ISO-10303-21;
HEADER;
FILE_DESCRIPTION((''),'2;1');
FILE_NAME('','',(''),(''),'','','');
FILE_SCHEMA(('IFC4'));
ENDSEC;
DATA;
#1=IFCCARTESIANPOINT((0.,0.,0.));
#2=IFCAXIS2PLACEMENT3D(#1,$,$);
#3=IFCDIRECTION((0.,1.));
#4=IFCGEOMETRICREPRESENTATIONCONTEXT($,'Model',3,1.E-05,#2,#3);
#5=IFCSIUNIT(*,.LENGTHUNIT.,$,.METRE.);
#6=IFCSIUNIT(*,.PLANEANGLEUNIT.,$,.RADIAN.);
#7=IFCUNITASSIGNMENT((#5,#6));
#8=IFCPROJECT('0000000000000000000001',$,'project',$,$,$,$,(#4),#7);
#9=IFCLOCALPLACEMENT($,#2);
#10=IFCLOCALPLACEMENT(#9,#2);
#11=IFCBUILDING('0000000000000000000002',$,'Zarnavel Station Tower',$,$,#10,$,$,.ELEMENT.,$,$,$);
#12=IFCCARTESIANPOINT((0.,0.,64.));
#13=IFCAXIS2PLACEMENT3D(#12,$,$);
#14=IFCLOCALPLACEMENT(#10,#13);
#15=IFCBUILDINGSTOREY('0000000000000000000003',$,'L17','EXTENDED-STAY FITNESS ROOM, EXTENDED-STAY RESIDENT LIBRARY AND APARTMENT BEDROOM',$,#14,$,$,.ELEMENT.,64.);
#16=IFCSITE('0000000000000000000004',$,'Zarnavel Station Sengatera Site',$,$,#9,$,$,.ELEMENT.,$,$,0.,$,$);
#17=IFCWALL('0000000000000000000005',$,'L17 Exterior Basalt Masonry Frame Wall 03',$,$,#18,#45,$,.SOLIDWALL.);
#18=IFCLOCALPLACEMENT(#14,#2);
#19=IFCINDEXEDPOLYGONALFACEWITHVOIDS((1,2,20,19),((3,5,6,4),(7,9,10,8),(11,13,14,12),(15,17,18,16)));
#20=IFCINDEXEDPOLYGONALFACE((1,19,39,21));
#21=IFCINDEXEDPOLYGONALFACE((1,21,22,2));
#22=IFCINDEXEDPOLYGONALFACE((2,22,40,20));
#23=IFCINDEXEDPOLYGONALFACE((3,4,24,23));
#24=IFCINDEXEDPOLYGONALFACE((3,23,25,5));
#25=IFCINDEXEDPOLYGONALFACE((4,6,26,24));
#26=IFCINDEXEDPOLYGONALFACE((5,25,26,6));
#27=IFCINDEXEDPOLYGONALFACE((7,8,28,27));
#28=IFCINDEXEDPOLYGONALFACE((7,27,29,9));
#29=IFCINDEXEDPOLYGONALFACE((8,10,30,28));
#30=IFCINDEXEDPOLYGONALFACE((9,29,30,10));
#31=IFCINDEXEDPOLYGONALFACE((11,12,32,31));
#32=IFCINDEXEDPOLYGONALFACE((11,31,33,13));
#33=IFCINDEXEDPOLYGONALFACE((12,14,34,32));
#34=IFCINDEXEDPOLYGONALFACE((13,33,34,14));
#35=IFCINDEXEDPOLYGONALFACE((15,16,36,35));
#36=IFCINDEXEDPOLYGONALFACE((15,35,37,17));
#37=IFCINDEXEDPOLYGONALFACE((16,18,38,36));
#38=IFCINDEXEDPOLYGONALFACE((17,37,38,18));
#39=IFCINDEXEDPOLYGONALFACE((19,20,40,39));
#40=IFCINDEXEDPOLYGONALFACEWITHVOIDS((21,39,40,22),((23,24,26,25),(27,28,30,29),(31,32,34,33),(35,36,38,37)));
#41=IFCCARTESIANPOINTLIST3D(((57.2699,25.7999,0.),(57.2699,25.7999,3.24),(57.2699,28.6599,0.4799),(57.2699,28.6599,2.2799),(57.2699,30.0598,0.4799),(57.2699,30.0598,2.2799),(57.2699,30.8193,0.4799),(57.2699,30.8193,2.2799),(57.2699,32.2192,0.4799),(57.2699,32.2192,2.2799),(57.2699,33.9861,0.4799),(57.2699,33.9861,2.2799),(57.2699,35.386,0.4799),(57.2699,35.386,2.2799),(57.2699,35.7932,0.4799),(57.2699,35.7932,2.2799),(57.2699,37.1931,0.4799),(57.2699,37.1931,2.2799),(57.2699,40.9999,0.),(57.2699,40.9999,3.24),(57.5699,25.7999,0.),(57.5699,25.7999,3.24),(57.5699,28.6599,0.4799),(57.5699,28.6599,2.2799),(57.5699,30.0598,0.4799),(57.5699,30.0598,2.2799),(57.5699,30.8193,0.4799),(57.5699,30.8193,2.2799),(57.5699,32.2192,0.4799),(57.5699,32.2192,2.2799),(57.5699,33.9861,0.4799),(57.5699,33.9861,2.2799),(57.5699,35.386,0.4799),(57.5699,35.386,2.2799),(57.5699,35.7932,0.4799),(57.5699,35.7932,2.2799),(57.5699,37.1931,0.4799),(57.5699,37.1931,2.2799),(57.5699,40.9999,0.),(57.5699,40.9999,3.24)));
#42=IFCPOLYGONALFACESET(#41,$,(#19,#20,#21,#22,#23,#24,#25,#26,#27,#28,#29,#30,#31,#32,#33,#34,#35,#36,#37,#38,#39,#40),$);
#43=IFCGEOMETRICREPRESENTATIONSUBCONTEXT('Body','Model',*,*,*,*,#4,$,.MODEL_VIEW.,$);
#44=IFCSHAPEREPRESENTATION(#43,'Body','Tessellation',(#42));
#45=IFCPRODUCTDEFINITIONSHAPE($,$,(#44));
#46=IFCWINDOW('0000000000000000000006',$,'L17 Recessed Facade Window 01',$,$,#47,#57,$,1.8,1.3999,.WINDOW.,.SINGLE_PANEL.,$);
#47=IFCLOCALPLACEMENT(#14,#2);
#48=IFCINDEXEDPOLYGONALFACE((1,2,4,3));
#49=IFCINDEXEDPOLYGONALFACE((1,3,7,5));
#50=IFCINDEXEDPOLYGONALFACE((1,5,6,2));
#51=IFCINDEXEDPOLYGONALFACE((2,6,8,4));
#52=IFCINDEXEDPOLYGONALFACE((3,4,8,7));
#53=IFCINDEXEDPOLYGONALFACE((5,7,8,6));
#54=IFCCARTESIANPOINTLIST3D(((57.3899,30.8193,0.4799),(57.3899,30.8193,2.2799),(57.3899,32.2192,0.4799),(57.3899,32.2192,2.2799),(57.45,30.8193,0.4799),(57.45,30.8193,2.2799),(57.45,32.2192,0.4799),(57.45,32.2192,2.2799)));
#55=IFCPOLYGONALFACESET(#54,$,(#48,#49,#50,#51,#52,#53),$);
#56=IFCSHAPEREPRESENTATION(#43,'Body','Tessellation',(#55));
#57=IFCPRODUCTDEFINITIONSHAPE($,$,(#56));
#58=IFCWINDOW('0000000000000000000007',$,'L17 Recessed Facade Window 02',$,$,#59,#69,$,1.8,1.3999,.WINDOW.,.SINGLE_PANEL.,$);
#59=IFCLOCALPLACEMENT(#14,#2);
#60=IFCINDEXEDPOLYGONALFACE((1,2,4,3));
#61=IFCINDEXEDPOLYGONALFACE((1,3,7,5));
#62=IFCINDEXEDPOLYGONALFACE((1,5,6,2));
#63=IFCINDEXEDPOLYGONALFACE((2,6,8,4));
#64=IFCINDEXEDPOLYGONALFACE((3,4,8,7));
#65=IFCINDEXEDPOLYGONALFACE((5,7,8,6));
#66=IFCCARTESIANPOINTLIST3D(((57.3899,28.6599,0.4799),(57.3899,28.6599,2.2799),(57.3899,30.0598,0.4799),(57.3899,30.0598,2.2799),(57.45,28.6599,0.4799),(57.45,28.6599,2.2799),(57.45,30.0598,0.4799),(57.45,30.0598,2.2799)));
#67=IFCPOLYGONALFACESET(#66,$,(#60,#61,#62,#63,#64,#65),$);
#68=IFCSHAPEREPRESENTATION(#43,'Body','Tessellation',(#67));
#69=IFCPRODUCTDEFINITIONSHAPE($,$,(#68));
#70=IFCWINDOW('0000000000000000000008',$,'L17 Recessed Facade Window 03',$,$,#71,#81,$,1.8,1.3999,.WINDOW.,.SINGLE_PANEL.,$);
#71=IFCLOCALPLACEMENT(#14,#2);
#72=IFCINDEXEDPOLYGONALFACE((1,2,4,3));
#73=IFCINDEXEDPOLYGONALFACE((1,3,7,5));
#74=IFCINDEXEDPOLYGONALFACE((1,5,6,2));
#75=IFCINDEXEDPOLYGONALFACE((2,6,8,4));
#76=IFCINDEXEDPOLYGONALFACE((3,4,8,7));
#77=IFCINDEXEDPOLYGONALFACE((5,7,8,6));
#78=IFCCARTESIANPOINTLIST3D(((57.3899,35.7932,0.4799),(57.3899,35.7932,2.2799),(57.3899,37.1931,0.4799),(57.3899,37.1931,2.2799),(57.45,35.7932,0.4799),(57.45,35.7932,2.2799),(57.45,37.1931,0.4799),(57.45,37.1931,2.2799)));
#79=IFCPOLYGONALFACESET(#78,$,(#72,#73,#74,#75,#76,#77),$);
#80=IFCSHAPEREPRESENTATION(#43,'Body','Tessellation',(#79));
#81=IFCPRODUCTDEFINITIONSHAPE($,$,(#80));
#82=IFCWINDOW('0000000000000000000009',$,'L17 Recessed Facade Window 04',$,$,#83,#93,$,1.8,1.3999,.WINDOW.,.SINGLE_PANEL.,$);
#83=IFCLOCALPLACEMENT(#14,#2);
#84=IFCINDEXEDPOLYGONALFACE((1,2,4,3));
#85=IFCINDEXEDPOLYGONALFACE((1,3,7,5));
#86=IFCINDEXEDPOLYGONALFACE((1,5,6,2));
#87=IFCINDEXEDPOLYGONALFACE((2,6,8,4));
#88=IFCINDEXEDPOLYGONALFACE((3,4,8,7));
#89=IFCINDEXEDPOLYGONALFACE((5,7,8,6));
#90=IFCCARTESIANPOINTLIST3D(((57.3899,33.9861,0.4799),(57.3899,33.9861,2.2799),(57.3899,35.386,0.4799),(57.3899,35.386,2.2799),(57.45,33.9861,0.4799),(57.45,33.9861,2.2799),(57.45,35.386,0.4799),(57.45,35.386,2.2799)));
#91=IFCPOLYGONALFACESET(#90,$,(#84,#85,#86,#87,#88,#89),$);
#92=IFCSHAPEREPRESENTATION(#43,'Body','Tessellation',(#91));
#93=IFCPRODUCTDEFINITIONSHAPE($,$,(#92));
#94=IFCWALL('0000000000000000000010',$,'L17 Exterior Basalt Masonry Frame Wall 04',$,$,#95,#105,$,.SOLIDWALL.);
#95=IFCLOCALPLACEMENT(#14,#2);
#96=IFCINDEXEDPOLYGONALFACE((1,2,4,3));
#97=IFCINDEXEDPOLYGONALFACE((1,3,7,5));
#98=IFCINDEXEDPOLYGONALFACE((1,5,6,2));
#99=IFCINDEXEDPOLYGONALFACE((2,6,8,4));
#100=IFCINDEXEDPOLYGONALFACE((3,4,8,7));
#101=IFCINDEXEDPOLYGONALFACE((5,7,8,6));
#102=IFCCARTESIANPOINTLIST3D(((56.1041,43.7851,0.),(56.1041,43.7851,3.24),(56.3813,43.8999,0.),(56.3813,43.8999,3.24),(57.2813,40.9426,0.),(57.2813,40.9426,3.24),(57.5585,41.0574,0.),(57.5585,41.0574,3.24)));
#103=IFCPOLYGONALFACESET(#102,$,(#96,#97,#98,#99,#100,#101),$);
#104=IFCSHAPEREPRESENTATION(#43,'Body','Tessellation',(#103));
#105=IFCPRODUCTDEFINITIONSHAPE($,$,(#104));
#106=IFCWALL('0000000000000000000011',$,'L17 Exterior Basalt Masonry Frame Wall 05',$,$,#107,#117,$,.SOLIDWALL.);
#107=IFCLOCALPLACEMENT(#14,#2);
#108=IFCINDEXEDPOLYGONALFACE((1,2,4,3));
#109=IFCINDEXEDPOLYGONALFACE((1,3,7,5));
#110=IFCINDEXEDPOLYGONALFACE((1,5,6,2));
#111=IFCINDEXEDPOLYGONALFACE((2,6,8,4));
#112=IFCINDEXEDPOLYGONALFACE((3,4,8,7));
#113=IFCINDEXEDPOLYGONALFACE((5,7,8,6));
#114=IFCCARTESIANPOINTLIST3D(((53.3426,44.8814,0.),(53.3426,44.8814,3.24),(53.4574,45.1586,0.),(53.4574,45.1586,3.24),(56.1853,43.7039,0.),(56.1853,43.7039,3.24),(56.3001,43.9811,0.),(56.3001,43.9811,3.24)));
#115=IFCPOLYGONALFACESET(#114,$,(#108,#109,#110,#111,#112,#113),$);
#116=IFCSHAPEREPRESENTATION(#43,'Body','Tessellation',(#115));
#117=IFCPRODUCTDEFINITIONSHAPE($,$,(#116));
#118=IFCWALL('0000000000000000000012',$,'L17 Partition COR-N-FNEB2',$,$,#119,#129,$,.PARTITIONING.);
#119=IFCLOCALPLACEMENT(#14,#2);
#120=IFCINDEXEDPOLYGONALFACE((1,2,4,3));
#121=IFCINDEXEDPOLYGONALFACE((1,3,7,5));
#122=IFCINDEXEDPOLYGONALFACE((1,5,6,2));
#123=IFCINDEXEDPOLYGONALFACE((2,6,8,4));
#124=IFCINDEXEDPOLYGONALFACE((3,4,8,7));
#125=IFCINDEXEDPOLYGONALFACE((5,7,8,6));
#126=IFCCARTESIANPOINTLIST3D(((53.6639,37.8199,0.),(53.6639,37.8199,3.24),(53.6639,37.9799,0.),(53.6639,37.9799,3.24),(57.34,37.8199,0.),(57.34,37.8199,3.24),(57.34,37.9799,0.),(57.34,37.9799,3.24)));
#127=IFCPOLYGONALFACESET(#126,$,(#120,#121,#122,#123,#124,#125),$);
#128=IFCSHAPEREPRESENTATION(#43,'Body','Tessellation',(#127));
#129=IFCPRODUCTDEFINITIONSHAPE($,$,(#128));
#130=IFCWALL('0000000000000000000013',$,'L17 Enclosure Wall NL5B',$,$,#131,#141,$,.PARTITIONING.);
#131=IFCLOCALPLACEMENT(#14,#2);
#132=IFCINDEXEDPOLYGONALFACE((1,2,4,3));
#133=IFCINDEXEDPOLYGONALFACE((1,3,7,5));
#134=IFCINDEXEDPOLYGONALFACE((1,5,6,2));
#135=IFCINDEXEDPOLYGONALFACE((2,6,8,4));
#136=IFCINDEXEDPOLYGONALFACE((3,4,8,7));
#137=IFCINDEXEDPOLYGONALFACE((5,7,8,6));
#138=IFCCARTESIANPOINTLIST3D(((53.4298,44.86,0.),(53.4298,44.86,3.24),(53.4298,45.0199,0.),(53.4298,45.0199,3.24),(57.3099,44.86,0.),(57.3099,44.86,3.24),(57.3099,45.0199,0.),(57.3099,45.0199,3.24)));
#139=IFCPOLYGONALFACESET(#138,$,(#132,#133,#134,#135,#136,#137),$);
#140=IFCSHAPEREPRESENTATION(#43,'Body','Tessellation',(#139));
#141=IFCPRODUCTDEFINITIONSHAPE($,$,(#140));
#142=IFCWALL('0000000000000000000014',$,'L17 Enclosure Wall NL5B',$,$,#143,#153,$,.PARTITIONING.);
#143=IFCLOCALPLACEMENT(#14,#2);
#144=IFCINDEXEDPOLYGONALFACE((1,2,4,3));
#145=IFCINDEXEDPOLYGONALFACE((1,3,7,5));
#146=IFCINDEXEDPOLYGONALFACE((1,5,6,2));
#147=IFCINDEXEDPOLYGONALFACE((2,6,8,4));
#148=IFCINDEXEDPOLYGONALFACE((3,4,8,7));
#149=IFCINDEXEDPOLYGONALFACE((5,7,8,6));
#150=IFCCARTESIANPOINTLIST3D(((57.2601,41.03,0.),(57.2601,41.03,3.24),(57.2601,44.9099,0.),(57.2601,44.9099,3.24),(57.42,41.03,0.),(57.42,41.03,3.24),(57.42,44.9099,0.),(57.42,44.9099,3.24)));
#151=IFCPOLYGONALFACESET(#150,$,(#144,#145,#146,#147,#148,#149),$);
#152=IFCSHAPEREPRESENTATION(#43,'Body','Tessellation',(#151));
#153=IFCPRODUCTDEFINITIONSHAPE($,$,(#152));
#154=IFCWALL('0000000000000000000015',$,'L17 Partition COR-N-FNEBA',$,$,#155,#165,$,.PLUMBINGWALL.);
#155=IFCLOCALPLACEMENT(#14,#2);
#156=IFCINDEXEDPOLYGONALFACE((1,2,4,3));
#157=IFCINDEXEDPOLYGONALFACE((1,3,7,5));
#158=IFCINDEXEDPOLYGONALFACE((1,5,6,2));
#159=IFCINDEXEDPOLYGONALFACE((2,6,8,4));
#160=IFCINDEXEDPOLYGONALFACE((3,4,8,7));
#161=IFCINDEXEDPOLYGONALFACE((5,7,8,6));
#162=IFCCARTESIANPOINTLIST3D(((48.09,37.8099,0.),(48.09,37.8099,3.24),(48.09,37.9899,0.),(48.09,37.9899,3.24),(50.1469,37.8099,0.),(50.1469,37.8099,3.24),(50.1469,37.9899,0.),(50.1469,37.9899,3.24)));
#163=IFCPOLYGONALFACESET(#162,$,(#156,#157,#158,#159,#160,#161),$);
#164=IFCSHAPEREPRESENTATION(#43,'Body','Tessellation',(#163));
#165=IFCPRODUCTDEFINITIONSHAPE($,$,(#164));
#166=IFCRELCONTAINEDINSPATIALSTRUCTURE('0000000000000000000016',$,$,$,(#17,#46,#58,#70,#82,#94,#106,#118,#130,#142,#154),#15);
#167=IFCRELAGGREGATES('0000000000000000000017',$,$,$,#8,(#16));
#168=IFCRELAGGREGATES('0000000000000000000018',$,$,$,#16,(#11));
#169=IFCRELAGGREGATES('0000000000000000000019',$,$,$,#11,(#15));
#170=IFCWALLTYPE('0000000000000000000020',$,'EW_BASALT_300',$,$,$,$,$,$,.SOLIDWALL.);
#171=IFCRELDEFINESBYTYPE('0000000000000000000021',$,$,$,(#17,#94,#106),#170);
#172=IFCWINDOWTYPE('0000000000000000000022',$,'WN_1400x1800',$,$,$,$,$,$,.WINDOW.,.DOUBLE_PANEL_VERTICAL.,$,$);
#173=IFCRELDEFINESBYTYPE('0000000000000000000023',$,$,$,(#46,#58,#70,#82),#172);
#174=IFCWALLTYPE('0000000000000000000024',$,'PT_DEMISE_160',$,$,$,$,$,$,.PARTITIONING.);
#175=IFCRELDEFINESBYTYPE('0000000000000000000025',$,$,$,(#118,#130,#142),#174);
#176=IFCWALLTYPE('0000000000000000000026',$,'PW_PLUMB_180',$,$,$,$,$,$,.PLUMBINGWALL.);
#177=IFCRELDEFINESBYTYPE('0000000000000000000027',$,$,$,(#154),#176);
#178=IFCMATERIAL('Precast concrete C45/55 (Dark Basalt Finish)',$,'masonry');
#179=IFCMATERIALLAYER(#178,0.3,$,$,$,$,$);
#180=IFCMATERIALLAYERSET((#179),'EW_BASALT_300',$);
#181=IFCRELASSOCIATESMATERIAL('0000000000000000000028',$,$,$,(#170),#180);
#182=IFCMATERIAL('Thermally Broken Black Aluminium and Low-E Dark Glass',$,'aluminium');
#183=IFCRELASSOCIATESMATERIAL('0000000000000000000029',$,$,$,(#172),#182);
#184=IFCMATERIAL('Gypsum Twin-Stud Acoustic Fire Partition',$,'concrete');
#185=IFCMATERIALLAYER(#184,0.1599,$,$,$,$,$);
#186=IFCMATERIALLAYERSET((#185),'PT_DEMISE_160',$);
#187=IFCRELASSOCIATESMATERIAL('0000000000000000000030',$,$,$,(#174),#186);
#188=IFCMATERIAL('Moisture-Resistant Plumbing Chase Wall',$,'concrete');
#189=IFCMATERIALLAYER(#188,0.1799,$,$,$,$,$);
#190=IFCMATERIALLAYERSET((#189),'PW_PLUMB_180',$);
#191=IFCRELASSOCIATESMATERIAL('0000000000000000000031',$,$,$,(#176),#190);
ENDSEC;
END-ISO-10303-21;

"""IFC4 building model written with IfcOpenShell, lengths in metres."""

from ifc_helpers import new_model, si_unit, direction, frame, frame_2d, origin, place, context, subcontext, project, spatial, rectangle, extrude, material, layer, layer_set, type_object, element, fill, save


model = new_model("IFC4")

# Units and contexts
model_context = context("Model", 3, precision=1e-05, world=origin(), true_north=direction((0.0, 1.0)))
body_context = subcontext(model_context, "Body", "Model", "MODEL_VIEW")
ifc_project = project(units=[si_unit("LENGTHUNIT", "METRE"), si_unit("PLANEANGLEUNIT", "RADIAN")], contexts=[model_context])

# Site, building, storey
site_placement = place(None, origin())
site = spatial("IfcSite", under=ifc_project, at=site_placement, Name="Zarnavel Station Sengatera Site", CompositionType="ELEMENT", RefElevation=0.0)
building_placement = place(site_placement, origin())
building = spatial("IfcBuilding", under=site, at=building_placement, Name="Zarnavel Station Tower", CompositionType="ELEMENT")
storey_placement = place(building_placement, frame((0.0, 0.0, 64.0)))
storey = spatial("IfcBuildingStorey", under=building, at=storey_placement, Name="L17", Description="EXTENDED-STAY FITNESS ROOM, EXTENDED-STAY RESIDENT LIBRARY AND APARTMENT BEDROOM", CompositionType="ELEMENT", Elevation=64.0)

# Wall, openings, windows
ifc_material_1 = material(Name="Precast concrete C45/55 (Dark Basalt Finish)", Category="masonry")
ifc_layer_1 = layer(ifc_material_1, 0.3)
ifc_layer_set_1 = layer_set([ifc_layer_1], Name="EW_BASALT_300")
wall_type_1 = type_object("IfcWallType", Name="EW_BASALT_300", PredefinedType="SOLIDWALL", material=ifc_layer_set_1)
wall_1_placement = place(storey_placement, frame((57.4199, 41.0, 0.0), z_axis=(0.0, 0.0, 1.0), x_axis=(0.0, -1.0, 0.0)))
wall_1 = element("IfcWall", 1, at=wall_1_placement, inside=storey, type_object=wall_type_1, Name="L17 Exterior Basalt Masonry Frame Wall 03", PredefinedType="SOLIDWALL", context=body_context, shape_type="SweptSolid", body=[
    extrude(rectangle(XDim=15.2, YDim=0.3, at=frame_2d((7.6001, 0.0))), origin(), (0.0, 0.0, 1.0), 3.24),
])
opening_1_placement = place(wall_1_placement, frame((8.7808, 0.0, 0.48)))
opening_1 = element("IfcOpeningElement", 2, at=opening_1_placement, cuts=wall_1, PredefinedType="OPENING", context=body_context, shape_type="SweptSolid", body=[
    extrude(rectangle(XDim=1.3999, YDim=1.8, at=frame_2d((0.7, 0.8999))), frame((0.0, 0.1599, 0.0), z_axis=(0.0, -1.0, 0.0), x_axis=(1.0, 0.0, 0.0)), (0.0, 0.0, 1.0), 0.3201),
])
opening_2_placement = place(wall_1_placement, frame((10.9402, 0.0, 0.48)))
opening_2 = element("IfcOpeningElement", 3, at=opening_2_placement, cuts=wall_1, PredefinedType="OPENING", context=body_context, shape_type="SweptSolid", body=[
    extrude(rectangle(XDim=1.3999, YDim=1.8, at=frame_2d((0.7, 0.8999))), frame((0.0, 0.1599, 0.0), z_axis=(0.0, -1.0, 0.0), x_axis=(1.0, 0.0, 0.0)), (0.0, 0.0, 1.0), 0.3201),
])
opening_3_placement = place(wall_1_placement, frame((3.8069, 0.0, 0.48)))
opening_3 = element("IfcOpeningElement", 4, at=opening_3_placement, cuts=wall_1, PredefinedType="OPENING", context=body_context, shape_type="SweptSolid", body=[
    extrude(rectangle(XDim=1.3999, YDim=1.8, at=frame_2d((0.7, 0.8999))), frame((0.0, 0.1599, 0.0), z_axis=(0.0, -1.0, 0.0), x_axis=(1.0, 0.0, 0.0)), (0.0, 0.0, 1.0), 0.3201),
])
opening_4_placement = place(wall_1_placement, frame((5.614, 0.0, 0.48)))
opening_4 = element("IfcOpeningElement", 5, at=opening_4_placement, cuts=wall_1, PredefinedType="OPENING", context=body_context, shape_type="SweptSolid", body=[
    extrude(rectangle(XDim=1.3999, YDim=1.8, at=frame_2d((0.7, 0.8999))), frame((0.0, 0.1599, 0.0), z_axis=(0.0, -1.0, 0.0), x_axis=(1.0, 0.0, 0.0)), (0.0, 0.0, 1.0), 0.3201),
])
ifc_material_2 = material(Name="Thermally Broken Black Aluminium and Low-E Dark Glass", Category="aluminium")
window_type = type_object("IfcWindowType", Name="WN_1400x1800", PartitioningType="DOUBLE_PANEL_VERTICAL", PredefinedType="WINDOW", material=ifc_material_2)
window_1_placement = place(opening_1_placement, origin())
window_1 = element("IfcWindow", 6, at=window_1_placement, inside=storey, type_object=window_type, Name="L17 Recessed Facade Window 01", OverallHeight=1.8, OverallWidth=1.3999, PartitioningType="SINGLE_PANEL", PredefinedType="WINDOW", context=body_context, shape_type="SweptSolid", body=[
    extrude(rectangle(XDim=1.3999, YDim=1.8, at=frame_2d((0.7, 0.8999))), frame((0.0, 0.03, 0.0), z_axis=(0.0, -1.0, 0.0), x_axis=(1.0, 0.0, 0.0)), (0.0, 0.0, 1.0), 0.0601),
])
fill(opening_1, window_1)
window_2_placement = place(opening_2_placement, origin())
window_2 = element("IfcWindow", 7, at=window_2_placement, inside=storey, type_object=window_type, Name="L17 Recessed Facade Window 02", OverallHeight=1.8, OverallWidth=1.3999, PartitioningType="SINGLE_PANEL", PredefinedType="WINDOW", context=body_context, shape_type="SweptSolid", body=[
    extrude(rectangle(XDim=1.3999, YDim=1.8, at=frame_2d((0.7, 0.8999))), frame((0.0, 0.03, 0.0), z_axis=(0.0, -1.0, 0.0), x_axis=(1.0, 0.0, 0.0)), (0.0, 0.0, 1.0), 0.0601),
])
fill(opening_2, window_2)
window_3_placement = place(opening_3_placement, origin())
window_3 = element("IfcWindow", 8, at=window_3_placement, inside=storey, type_object=window_type, Name="L17 Recessed Facade Window 03", OverallHeight=1.8, OverallWidth=1.3999, PartitioningType="SINGLE_PANEL", PredefinedType="WINDOW", context=body_context, shape_type="SweptSolid", body=[
    extrude(rectangle(XDim=1.3999, YDim=1.8, at=frame_2d((0.7, 0.8999))), frame((0.0, 0.03, 0.0), z_axis=(0.0, -1.0, 0.0), x_axis=(1.0, 0.0, 0.0)), (0.0, 0.0, 1.0), 0.0601),
])
fill(opening_3, window_3)
window_4_placement = place(opening_4_placement, origin())
window_4 = element("IfcWindow", 9, at=window_4_placement, inside=storey, type_object=window_type, Name="L17 Recessed Facade Window 04", OverallHeight=1.8, OverallWidth=1.3999, PartitioningType="SINGLE_PANEL", PredefinedType="WINDOW", context=body_context, shape_type="SweptSolid", body=[
    extrude(rectangle(XDim=1.3999, YDim=1.8, at=frame_2d((0.7, 0.8999))), frame((0.0, 0.03, 0.0), z_axis=(0.0, -1.0, 0.0), x_axis=(1.0, 0.0, 0.0)), (0.0, 0.0, 1.0), 0.0601),
])
fill(opening_4, window_4)

# Walls
wall_2_placement = place(storey_placement, frame((56.2427, 43.8425, 0.0), z_axis=(0.0, 0.0, 1.0), x_axis=(0.382637, -0.923899, 0.0)))
element("IfcWall", 10, at=wall_2_placement, inside=storey, type_object=wall_type_1, Name="L17 Exterior Basalt Masonry Frame Wall 04", PredefinedType="SOLIDWALL", context=body_context, shape_type="SweptSolid", body=[
    extrude(rectangle(XDim=3.0767, YDim=0.3, at=frame_2d((1.5383, 0.0))), origin(), (0.0, 0.0, 1.0), 3.24),
])
wall_3_placement = place(storey_placement, frame((53.3999, 45.02, 0.0), z_axis=(0.0, 0.0, 1.0), x_axis=(0.923882, -0.382676, 0.0)))
element("IfcWall", 11, at=wall_3_placement, inside=storey, type_object=wall_type_1, Name="L17 Exterior Basalt Masonry Frame Wall 05", PredefinedType="SOLIDWALL", context=body_context, shape_type="SweptSolid", body=[
    extrude(rectangle(XDim=3.0769, YDim=0.3, at=frame_2d((1.5386, 0.0))), origin(), (0.0, 0.0, 1.0), 3.24),
])

# Shared definitions
ifc_material_3 = material(Name="Gypsum Twin-Stud Acoustic Fire Partition", Category="concrete")
ifc_layer_2 = layer(ifc_material_3, 0.1599)
ifc_layer_set_2 = layer_set([ifc_layer_2], Name="PT_DEMISE_160")
wall_type_2 = type_object("IfcWallType", Name="PT_DEMISE_160", PredefinedType="PARTITIONING", material=ifc_layer_set_2)

# Walls
wall_4_placement = place(storey_placement, frame((53.6641, 37.8999, 0.0), z_axis=(0.0, 0.0, 1.0), x_axis=(1.0, 0.0, 0.0)))
element("IfcWall", 12, at=wall_4_placement, inside=storey, type_object=wall_type_2, Name="L17 Partition COR-N-FNEB2", PredefinedType="PARTITIONING", context=body_context, shape_type="SweptSolid", body=[
    extrude(rectangle(XDim=3.676, YDim=0.1599, at=frame_2d((1.8379, 0.0))), origin(), (0.0, 0.0, 1.0), 3.24),
])
wall_5_placement = place(storey_placement, frame((53.4299, 44.9399, 0.0), z_axis=(0.0, 0.0, 1.0), x_axis=(1.0, 0.0, 0.0)))
element("IfcWall", 13, at=wall_5_placement, inside=storey, type_object=wall_type_2, Name="L17 Enclosure Wall NL5B", PredefinedType="PARTITIONING", context=body_context, shape_type="SweptSolid", body=[
    extrude(rectangle(XDim=3.8801, YDim=0.1599, at=frame_2d((1.9399, 0.0))), origin(), (0.0, 0.0, 1.0), 3.24),
])
wall_6_placement = place(storey_placement, frame((57.3401, 41.03, 0.0), z_axis=(0.0, 0.0, 1.0), x_axis=(0.0, 1.0, 0.0)))
element("IfcWall", 14, at=wall_6_placement, inside=storey, type_object=wall_type_2, Name="L17 Enclosure Wall NL5B", PredefinedType="PARTITIONING", context=body_context, shape_type="SweptSolid", body=[
    extrude(rectangle(XDim=3.8799, YDim=0.1599, at=frame_2d((1.9399, 0.0))), origin(), (0.0, 0.0, 1.0), 3.24),
])
ifc_material_4 = material(Name="Moisture-Resistant Plumbing Chase Wall", Category="concrete")
ifc_layer_3 = layer(ifc_material_4, 0.1799)
ifc_layer_set_3 = layer_set([ifc_layer_3], Name="PW_PLUMB_180")
wall_type_3 = type_object("IfcWallType", Name="PW_PLUMB_180", PredefinedType="PLUMBINGWALL", material=ifc_layer_set_3)
wall_7_placement = place(storey_placement, frame((48.0901, 37.8999, 0.0), z_axis=(0.0, 0.0, 1.0), x_axis=(1.0, 0.0, 0.0)))
element("IfcWall", 15, at=wall_7_placement, inside=storey, type_object=wall_type_3, Name="L17 Partition COR-N-FNEBA", PredefinedType="PLUMBINGWALL", context=body_context, shape_type="SweptSolid", body=[
    extrude(rectangle(XDim=2.0569, YDim=0.1799, at=frame_2d((1.0283, 0.0))), origin(), (0.0, 0.0, 1.0), 3.24),
])

save(model, "model.ifc")
